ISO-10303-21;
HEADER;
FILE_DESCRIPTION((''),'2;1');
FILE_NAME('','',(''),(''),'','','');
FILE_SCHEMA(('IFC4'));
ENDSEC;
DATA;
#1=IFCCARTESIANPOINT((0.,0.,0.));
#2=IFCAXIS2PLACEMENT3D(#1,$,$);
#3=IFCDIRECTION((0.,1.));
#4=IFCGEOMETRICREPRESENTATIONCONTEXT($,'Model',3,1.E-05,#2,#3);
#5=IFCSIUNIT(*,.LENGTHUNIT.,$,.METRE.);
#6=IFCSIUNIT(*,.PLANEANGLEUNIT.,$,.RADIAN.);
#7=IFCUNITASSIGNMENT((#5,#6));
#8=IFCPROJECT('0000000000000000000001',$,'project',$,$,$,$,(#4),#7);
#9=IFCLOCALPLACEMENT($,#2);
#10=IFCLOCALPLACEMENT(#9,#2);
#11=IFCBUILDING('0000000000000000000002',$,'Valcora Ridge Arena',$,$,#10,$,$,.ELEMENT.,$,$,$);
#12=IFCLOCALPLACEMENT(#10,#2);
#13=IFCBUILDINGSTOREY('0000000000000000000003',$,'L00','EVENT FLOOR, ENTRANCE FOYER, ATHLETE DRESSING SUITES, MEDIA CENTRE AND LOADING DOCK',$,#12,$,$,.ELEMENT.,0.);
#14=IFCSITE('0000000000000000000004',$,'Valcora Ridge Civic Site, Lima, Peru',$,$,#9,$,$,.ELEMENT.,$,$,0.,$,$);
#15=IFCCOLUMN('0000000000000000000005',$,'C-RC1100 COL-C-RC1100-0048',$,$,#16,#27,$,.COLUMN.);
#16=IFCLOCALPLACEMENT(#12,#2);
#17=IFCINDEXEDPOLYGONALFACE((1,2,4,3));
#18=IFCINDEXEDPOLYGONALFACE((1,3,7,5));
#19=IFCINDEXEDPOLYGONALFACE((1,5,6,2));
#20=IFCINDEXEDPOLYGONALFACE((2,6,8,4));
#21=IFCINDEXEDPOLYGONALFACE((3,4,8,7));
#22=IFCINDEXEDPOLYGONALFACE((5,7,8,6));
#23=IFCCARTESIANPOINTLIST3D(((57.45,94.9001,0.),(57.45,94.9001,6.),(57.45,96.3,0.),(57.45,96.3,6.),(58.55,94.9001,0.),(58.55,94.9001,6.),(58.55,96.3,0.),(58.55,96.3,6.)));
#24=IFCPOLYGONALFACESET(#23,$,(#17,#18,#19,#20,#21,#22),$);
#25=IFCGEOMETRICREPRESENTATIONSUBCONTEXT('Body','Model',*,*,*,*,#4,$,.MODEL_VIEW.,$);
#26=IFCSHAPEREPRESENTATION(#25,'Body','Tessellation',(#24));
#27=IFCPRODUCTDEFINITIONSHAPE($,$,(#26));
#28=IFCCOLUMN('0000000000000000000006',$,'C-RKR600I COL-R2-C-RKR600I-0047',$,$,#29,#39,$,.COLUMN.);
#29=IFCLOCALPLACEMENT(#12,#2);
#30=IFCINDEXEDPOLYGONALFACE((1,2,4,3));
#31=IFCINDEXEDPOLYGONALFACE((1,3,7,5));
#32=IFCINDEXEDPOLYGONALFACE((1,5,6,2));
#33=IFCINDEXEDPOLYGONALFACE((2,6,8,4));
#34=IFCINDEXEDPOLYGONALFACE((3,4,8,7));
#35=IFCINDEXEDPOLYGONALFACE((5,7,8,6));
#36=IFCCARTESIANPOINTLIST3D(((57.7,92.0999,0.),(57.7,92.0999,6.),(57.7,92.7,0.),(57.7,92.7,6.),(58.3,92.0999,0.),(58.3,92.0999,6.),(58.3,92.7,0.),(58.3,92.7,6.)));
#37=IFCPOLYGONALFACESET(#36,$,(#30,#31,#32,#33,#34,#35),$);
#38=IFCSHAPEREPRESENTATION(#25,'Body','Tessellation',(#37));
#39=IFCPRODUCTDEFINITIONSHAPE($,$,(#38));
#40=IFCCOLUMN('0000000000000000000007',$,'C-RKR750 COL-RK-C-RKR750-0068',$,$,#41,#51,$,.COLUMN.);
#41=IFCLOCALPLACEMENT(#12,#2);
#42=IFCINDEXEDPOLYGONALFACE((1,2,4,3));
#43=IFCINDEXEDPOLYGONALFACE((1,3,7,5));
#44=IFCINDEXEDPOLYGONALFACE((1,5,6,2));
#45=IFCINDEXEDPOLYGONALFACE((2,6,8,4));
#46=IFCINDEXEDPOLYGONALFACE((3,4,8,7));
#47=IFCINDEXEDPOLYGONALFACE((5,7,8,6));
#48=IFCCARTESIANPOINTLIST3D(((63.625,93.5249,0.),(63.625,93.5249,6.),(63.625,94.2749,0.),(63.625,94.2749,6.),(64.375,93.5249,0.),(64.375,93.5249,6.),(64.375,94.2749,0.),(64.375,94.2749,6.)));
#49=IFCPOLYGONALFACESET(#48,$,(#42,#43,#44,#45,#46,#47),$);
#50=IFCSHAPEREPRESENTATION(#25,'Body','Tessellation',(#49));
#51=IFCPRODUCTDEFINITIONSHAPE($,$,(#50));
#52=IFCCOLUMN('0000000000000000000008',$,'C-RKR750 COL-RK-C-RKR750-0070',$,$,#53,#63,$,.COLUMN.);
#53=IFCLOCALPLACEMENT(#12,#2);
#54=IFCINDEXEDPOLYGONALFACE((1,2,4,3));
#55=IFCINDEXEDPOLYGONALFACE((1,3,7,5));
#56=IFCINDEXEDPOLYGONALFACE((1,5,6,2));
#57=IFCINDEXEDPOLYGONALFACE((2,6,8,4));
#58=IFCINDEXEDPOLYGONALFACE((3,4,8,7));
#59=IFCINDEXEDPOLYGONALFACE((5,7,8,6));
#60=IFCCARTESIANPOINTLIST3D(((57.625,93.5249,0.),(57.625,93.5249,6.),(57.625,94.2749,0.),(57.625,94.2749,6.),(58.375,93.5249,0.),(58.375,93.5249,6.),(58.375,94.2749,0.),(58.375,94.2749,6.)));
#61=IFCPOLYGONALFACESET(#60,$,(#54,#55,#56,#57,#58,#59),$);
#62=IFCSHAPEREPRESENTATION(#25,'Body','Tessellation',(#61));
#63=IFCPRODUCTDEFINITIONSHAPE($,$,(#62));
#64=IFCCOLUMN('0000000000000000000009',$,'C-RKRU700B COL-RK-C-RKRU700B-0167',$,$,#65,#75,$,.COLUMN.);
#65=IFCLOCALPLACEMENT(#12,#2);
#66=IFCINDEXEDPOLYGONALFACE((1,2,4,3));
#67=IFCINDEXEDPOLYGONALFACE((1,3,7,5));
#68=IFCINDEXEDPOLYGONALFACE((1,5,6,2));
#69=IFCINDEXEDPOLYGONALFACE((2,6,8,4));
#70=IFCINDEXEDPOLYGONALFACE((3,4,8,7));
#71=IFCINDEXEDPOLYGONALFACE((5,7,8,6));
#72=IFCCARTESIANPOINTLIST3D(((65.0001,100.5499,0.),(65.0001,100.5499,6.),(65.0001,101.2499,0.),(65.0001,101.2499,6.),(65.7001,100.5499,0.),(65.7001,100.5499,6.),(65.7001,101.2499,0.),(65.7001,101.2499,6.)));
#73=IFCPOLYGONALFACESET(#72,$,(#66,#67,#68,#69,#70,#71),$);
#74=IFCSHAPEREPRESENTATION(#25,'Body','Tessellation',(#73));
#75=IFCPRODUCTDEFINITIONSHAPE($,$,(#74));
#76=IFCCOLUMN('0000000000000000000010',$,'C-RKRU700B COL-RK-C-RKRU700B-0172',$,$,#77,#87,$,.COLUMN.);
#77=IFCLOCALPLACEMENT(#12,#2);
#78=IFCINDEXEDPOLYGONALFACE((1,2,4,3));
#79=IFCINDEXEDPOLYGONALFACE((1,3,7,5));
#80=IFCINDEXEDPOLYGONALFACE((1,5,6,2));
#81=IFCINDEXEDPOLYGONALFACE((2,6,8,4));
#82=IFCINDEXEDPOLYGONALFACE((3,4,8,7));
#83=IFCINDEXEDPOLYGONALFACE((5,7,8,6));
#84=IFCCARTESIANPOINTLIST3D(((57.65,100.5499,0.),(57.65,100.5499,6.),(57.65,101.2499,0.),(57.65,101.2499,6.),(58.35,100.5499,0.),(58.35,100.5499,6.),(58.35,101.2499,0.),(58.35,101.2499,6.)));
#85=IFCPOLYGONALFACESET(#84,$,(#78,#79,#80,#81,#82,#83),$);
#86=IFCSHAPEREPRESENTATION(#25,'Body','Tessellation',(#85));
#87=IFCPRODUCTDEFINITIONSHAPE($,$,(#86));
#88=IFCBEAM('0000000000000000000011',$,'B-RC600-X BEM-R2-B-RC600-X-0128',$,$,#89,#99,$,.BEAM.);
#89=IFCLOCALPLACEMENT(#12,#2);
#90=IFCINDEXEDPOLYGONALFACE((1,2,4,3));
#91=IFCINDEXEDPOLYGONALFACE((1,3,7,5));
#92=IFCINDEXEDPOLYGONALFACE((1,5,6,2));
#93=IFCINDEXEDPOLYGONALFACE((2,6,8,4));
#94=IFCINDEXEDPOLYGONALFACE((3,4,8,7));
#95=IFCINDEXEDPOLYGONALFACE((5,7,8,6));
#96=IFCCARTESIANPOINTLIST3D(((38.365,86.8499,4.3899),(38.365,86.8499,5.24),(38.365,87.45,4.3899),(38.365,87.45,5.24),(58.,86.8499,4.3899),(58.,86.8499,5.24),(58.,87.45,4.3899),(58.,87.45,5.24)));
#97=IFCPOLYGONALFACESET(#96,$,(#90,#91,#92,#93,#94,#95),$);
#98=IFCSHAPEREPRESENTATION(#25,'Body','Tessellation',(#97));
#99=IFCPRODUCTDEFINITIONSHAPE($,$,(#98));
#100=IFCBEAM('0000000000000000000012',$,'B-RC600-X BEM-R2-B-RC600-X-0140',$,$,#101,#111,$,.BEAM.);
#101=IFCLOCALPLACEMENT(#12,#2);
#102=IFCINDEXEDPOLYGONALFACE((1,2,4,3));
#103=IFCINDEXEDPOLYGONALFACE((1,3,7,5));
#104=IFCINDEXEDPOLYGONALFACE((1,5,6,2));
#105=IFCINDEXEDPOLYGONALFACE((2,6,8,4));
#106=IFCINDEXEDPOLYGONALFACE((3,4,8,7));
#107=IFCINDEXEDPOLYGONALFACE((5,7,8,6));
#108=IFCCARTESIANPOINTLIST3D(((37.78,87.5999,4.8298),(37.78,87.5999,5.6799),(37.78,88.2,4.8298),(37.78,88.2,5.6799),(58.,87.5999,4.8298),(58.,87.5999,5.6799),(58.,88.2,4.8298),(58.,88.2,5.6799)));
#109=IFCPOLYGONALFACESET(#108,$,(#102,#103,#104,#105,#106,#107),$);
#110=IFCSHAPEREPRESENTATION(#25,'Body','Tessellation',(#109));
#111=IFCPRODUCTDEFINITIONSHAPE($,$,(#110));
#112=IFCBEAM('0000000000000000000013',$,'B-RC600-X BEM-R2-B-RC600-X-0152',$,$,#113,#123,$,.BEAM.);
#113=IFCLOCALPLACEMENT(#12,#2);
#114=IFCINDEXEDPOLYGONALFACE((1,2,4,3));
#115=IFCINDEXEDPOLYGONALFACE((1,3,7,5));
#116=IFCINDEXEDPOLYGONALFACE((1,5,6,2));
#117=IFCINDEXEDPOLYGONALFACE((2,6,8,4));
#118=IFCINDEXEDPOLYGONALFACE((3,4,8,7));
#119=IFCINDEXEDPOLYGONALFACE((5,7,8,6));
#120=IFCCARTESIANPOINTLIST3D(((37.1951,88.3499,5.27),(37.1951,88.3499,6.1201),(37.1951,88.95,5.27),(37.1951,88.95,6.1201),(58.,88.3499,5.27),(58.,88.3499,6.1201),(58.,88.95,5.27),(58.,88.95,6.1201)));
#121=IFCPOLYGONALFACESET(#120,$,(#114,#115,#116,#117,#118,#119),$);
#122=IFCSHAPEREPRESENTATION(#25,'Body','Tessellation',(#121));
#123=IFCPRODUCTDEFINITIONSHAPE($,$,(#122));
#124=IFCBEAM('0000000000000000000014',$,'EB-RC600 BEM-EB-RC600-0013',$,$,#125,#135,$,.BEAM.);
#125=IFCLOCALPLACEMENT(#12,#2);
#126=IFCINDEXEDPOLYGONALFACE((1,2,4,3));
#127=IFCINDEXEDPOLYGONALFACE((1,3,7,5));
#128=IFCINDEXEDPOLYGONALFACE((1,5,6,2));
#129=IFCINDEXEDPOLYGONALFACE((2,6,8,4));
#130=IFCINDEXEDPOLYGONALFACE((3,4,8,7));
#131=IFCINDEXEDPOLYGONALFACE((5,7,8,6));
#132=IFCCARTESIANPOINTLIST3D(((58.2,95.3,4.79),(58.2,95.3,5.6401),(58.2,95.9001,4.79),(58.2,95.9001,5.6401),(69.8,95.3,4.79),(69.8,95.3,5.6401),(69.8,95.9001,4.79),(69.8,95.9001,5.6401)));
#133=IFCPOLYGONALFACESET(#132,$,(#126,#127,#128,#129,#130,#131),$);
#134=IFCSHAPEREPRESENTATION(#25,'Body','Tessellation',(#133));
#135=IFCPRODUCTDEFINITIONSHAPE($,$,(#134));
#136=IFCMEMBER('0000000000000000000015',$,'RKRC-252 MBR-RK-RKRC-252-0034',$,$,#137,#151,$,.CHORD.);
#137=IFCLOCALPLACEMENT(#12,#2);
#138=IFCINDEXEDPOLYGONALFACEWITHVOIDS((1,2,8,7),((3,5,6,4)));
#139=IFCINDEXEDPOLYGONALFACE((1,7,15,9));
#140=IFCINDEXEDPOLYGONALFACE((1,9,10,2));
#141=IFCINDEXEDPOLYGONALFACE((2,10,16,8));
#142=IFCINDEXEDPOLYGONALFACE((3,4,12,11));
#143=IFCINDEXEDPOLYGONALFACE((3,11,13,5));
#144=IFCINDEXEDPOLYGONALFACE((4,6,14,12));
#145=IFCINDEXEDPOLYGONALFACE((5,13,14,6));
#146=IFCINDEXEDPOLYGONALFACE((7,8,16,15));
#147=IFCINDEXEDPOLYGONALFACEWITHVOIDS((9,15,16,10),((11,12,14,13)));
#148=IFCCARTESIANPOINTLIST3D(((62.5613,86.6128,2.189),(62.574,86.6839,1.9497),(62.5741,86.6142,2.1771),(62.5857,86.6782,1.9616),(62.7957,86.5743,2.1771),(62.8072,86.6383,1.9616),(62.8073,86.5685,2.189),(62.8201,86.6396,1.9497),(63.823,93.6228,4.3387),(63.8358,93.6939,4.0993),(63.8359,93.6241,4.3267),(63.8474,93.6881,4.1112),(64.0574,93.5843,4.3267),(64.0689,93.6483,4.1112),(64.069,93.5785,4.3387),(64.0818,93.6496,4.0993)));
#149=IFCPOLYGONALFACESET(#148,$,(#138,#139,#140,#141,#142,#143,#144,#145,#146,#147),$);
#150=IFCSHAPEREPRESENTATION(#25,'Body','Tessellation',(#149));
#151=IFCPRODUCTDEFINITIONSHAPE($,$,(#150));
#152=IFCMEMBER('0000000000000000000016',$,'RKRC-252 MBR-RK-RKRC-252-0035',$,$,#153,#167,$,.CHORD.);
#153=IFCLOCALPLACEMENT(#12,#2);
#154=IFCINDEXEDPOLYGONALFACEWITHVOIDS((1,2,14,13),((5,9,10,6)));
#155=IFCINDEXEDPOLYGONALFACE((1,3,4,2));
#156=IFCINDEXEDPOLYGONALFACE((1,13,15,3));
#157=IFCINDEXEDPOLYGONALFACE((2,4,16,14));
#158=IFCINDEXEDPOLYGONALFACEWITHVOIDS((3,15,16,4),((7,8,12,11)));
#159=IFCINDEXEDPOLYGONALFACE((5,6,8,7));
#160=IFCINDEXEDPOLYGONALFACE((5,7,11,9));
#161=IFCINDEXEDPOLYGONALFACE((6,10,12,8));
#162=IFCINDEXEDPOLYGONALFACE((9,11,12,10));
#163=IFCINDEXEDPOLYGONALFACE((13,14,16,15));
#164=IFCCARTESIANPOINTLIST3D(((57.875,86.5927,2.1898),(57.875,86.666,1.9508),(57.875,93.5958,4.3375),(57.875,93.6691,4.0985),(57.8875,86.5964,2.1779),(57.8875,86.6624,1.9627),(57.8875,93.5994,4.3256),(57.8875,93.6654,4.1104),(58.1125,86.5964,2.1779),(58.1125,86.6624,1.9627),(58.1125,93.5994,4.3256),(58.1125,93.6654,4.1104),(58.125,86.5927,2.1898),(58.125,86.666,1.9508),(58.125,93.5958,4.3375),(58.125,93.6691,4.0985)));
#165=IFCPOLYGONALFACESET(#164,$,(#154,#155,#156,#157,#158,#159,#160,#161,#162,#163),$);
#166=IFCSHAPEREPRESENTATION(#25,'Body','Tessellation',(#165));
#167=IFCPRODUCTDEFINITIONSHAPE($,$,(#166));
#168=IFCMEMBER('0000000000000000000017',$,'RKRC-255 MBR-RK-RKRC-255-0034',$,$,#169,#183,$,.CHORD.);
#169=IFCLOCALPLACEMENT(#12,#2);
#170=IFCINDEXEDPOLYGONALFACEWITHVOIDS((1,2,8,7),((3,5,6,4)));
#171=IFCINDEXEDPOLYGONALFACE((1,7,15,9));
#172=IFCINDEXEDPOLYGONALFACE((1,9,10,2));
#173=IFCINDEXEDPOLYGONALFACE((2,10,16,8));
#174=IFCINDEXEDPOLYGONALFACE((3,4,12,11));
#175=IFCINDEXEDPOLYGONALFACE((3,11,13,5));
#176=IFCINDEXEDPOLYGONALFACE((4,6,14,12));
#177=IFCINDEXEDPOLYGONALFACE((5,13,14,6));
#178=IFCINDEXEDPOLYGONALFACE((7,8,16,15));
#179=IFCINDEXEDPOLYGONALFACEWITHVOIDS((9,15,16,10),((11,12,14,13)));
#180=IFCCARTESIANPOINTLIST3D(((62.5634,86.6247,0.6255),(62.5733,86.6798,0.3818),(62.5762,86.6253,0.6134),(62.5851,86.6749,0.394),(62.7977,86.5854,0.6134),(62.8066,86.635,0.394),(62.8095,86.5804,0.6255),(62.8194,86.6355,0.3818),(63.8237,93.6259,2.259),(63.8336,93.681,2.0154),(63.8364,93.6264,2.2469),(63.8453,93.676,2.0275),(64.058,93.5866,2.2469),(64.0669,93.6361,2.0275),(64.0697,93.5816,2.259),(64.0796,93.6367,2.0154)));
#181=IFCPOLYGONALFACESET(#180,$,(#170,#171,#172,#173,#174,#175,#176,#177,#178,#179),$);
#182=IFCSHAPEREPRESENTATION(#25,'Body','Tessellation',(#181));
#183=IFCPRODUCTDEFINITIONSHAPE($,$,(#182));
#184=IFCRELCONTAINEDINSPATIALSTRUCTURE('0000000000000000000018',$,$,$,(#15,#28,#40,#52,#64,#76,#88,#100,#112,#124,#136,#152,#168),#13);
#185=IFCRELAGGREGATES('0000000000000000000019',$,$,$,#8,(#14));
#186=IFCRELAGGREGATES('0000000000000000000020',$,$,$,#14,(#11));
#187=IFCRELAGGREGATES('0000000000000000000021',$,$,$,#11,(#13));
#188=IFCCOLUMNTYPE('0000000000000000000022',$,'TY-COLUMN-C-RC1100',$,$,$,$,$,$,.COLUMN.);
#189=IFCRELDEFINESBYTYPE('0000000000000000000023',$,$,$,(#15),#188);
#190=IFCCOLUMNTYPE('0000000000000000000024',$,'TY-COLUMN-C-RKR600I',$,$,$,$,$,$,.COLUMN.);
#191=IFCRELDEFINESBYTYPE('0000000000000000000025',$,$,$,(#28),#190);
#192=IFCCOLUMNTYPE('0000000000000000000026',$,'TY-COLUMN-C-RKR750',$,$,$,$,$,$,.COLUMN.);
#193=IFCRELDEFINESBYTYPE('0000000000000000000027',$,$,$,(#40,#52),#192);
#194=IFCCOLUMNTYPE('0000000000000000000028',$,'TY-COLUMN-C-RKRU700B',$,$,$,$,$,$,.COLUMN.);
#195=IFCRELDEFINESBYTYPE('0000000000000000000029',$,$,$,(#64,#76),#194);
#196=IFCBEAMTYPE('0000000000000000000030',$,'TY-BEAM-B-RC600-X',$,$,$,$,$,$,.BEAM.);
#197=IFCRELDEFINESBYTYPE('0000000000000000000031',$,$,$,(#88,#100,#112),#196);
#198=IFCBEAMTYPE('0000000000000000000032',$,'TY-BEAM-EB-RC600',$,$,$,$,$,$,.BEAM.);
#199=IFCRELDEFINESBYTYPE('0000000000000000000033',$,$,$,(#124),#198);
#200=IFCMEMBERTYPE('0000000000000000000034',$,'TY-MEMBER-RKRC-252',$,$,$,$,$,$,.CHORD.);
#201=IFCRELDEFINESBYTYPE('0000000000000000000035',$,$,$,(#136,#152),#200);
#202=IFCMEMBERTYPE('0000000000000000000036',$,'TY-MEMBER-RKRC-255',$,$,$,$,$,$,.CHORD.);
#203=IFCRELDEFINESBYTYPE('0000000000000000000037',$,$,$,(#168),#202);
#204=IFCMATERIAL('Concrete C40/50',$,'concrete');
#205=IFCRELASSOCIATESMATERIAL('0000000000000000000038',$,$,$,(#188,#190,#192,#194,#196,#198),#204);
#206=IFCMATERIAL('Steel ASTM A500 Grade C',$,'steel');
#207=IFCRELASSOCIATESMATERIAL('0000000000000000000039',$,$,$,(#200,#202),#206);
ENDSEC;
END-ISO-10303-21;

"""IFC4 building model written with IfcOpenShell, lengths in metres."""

from ifc_helpers import new_model, si_unit, direction, frame, origin, origin_2d, place, context, subcontext, project, spatial, rectangle, hollow_rectangle, extrude, material, material_profile, profile_set, type_object, element, save


model = new_model("IFC4")

# Units and contexts
model_context = context("Model", 3, precision=1e-05, world=origin(), true_north=direction((0.0, 1.0)))
body_context = subcontext(model_context, "Body", "Model", "MODEL_VIEW")
ifc_project = project(units=[si_unit("LENGTHUNIT", "METRE"), si_unit("PLANEANGLEUNIT", "RADIAN")], contexts=[model_context])

# Site, building, storey
site_placement = place(None, origin())
site = spatial("IfcSite", under=ifc_project, at=site_placement, Name="Valcora Ridge Civic Site, Lima, Peru", CompositionType="ELEMENT", RefElevation=0.0)
building_placement = place(site_placement, origin())
building = spatial("IfcBuilding", under=site, at=building_placement, Name="Valcora Ridge Arena", CompositionType="ELEMENT")
storey_placement = place(building_placement, origin())
storey = spatial("IfcBuildingStorey", under=building, at=storey_placement, Name="L00", Description="EVENT FLOOR, ENTRANCE FOYER, ATHLETE DRESSING SUITES, MEDIA CENTRE AND LOADING DOCK", CompositionType="ELEMENT", Elevation=0.0)

# Columns
ifc_material_1 = material(Name="Concrete C40/50", Category="concrete")
ifc_material_profile_1 = material_profile(ifc_material_1, rectangle(XDim=1.1001, YDim=1.3999, at=origin_2d()), Name="RC 1100x1400")
ifc_profile_set_1 = profile_set([ifc_material_profile_1], Name="Concrete C40/50")
column_type_1 = type_object("IfcColumnType", Name="TY-COLUMN-C-RC1100", PredefinedType="COLUMN", material=ifc_profile_set_1)
column_1_placement = place(storey_placement, frame((58.0, 95.6001, 0.0), z_axis=(0.0, 0.0, 1.0), x_axis=(1.0, 0.0, 0.0)))
element("IfcColumn", 1, at=column_1_placement, inside=storey, type_object=column_type_1, Name="C-RC1100 COL-C-RC1100-0048", PredefinedType="COLUMN", context=body_context, shape_type="SweptSolid", body=[
    extrude(rectangle(XDim=1.1001, YDim=1.3999, at=origin_2d()), origin(), (0.0, 0.0, 1.0), 6.0),
])
ifc_material_profile_2 = material_profile(ifc_material_1, rectangle(XDim=0.6001, YDim=0.6001, at=origin_2d()), Name="RC 600x600")
ifc_profile_set_2 = profile_set([ifc_material_profile_2], Name="Concrete C40/50")
column_type_2 = type_object("IfcColumnType", Name="TY-COLUMN-C-RKR600I", PredefinedType="COLUMN", material=ifc_profile_set_2)
column_2_placement = place(storey_placement, frame((58.0, 92.3999, 0.0), z_axis=(0.0, 0.0, 1.0), x_axis=(1.0, 0.0, 0.0)))
element("IfcColumn", 2, at=column_2_placement, inside=storey, type_object=column_type_2, Name="C-RKR600I COL-R2-C-RKR600I-0047", PredefinedType="COLUMN", context=body_context, shape_type="SweptSolid", body=[
    extrude(rectangle(XDim=0.6001, YDim=0.6001, at=origin_2d()), origin(), (0.0, 0.0, 1.0), 6.0),
])
ifc_material_profile_3 = material_profile(ifc_material_1, rectangle(XDim=0.75, YDim=0.75, at=origin_2d()), Name="RC 750x750")
ifc_profile_set_3 = profile_set([ifc_material_profile_3], Name="Concrete C40/50")
column_type_3 = type_object("IfcColumnType", Name="TY-COLUMN-C-RKR750", PredefinedType="COLUMN", material=ifc_profile_set_3)
for number, where, z_axis, x_axis, name in (
    (3, (64.0, 93.8999, 0.0), (0.0, 0.0, 1.0), (1.0, 0.0, 0.0), "C-RKR750 COL-RK-C-RKR750-0068"),
    (4, (58.0, 93.8999, 0.0), (0.0, 0.0, 1.0), (1.0, 0.0, 0.0), "C-RKR750 COL-RK-C-RKR750-0070"),
):
    element("IfcColumn", number, at=place(storey_placement, frame(where, z_axis=z_axis, x_axis=x_axis)), inside=storey, type_object=column_type_3, Name=name, PredefinedType="COLUMN", context=body_context, shape_type="SweptSolid", body=[
        extrude(rectangle(XDim=0.75, YDim=0.75, at=origin_2d()), origin(), (0.0, 0.0, 1.0), 6.0),
    ])
ifc_material_profile_4 = material_profile(ifc_material_1, rectangle(XDim=0.7, YDim=0.7, at=origin_2d()), Name="RC 700x700")
ifc_profile_set_4 = profile_set([ifc_material_profile_4], Name="Concrete C40/50")
column_type_4 = type_object("IfcColumnType", Name="TY-COLUMN-C-RKRU700B", PredefinedType="COLUMN", material=ifc_profile_set_4)
for number, where, z_axis, x_axis, name in (
    (5, (65.3501, 100.8999, 0.0), (0.0, 0.0, 1.0), (1.0, 0.0, 0.0), "C-RKRU700B COL-RK-C-RKRU700B-0167"),
    (6, (58.0, 100.8999, 0.0), (0.0, 0.0, 1.0), (1.0, 0.0, 0.0), "C-RKRU700B COL-RK-C-RKRU700B-0172"),
):
    element("IfcColumn", number, at=place(storey_placement, frame(where, z_axis=z_axis, x_axis=x_axis)), inside=storey, type_object=column_type_4, Name=name, PredefinedType="COLUMN", context=body_context, shape_type="SweptSolid", body=[
        extrude(rectangle(XDim=0.7, YDim=0.7, at=origin_2d()), origin(), (0.0, 0.0, 1.0), 6.0),
    ])

# Beams
ifc_material_profile_5 = material_profile(ifc_material_1, rectangle(XDim=0.6001, YDim=0.8501, at=origin_2d()), Name="RC 600x850")
ifc_profile_set_5 = profile_set([ifc_material_profile_5], Name="Concrete C40/50")
beam_type_1 = type_object("IfcBeamType", Name="TY-BEAM-B-RC600-X", PredefinedType="BEAM", material=ifc_profile_set_5)
beam_1_placement = place(storey_placement, frame((58.0, 87.1499, 4.8149), z_axis=(-1.0, 0.0, 0.0), x_axis=(0.0, -1.0, 0.0)))
element("IfcBeam", 7, at=beam_1_placement, inside=storey, type_object=beam_type_1, Name="B-RC600-X BEM-R2-B-RC600-X-0128", PredefinedType="BEAM", context=body_context, shape_type="SweptSolid", body=[
    extrude(rectangle(XDim=0.6001, YDim=0.8501, at=origin_2d()), origin(), (0.0, 0.0, 1.0), 19.635),
])
beam_2_placement = place(storey_placement, frame((58.0, 87.8999, 5.2549), z_axis=(-1.0, 0.0, 0.0), x_axis=(0.0, -1.0, 0.0)))
element("IfcBeam", 8, at=beam_2_placement, inside=storey, type_object=beam_type_1, Name="B-RC600-X BEM-R2-B-RC600-X-0140", PredefinedType="BEAM", context=body_context, shape_type="SweptSolid", body=[
    extrude(rectangle(XDim=0.6001, YDim=0.8501, at=origin_2d()), origin(), (0.0, 0.0, 1.0), 20.22),
])
beam_3_placement = place(storey_placement, frame((58.0, 88.6499, 5.6951), z_axis=(-1.0, 0.0, 0.0), x_axis=(0.0, -1.0, 0.0)))
element("IfcBeam", 9, at=beam_3_placement, inside=storey, type_object=beam_type_1, Name="B-RC600-X BEM-R2-B-RC600-X-0152", PredefinedType="BEAM", context=body_context, shape_type="SweptSolid", body=[
    extrude(rectangle(XDim=0.6001, YDim=0.8501, at=origin_2d()), origin(), (0.0, 0.0, 1.0), 20.8049),
])
ifc_material_profile_6 = material_profile(ifc_material_1, rectangle(XDim=0.6001, YDim=0.8501, at=origin_2d()), Name="RC 600x850")
ifc_profile_set_6 = profile_set([ifc_material_profile_6], Name="Concrete C40/50")
beam_type_2 = type_object("IfcBeamType", Name="TY-BEAM-EB-RC600", PredefinedType="BEAM", material=ifc_profile_set_6)
beam_4_placement = place(storey_placement, frame((58.2, 95.6001, 5.2151), z_axis=(1.0, 0.0, 0.0), x_axis=(0.0, 1.0, 0.0)))
element("IfcBeam", 10, at=beam_4_placement, inside=storey, type_object=beam_type_2, Name="EB-RC600 BEM-EB-RC600-0013", PredefinedType="BEAM", context=body_context, shape_type="SweptSolid", body=[
    extrude(rectangle(XDim=0.6001, YDim=0.8501, at=origin_2d()), origin(), (0.0, 0.0, 1.0), 11.6001),
])

# Members
ifc_material_2 = material(Name="Steel ASTM A500 Grade C", Category="steel")
ifc_material_profile_7 = material_profile(ifc_material_2, hollow_rectangle(XDim=0.25, YDim=0.25, WallThickness=0.0125, at=origin_2d()), Name="HSS250X250X12")
ifc_profile_set_7 = profile_set([ifc_material_profile_7], Name="Steel ASTM A500 Grade C")
member_type_1 = type_object("IfcMemberType", Name="TY-MEMBER-RKRC-252", PredefinedType="CHORD", material=ifc_profile_set_7)
member_1_placement = place(storey_placement, frame((62.6907, 86.6262, 2.0693), z_axis=(0.169586, 0.942209, 0.288934), x_axis=(-0.984185, 0.177142, 0.0)))
element("IfcMember", 11, at=member_1_placement, inside=storey, type_object=member_type_1, Name="RKRC-252 MBR-RK-RKRC-252-0034", PredefinedType="CHORD", context=body_context, shape_type="SweptSolid", body=[
    extrude(hollow_rectangle(XDim=0.25, YDim=0.25, WallThickness=0.0125, at=origin_2d()), origin(), (0.0, 0.0, 1.0), 7.4399),
])
member_2_placement = place(storey_placement, frame((58.0, 86.6294, 2.0703), z_axis=(0.0, 0.956049, 0.293207), x_axis=(-1.0, 0.0, 0.0)))
element("IfcMember", 12, at=member_2_placement, inside=storey, type_object=member_type_1, Name="RKRC-252 MBR-RK-RKRC-252-0035", PredefinedType="CHORD", context=body_context, shape_type="SweptSolid", body=[
    extrude(hollow_rectangle(XDim=0.25, YDim=0.25, WallThickness=0.0125, at=origin_2d()), origin(), (0.0, 0.0, 1.0), 7.325),
])
ifc_material_profile_8 = material_profile(ifc_material_2, hollow_rectangle(XDim=0.25, YDim=0.25, WallThickness=0.0125, at=origin_2d()), Name="HSS250X250X12")
ifc_profile_set_8 = profile_set([ifc_material_profile_8], Name="Steel ASTM A500 Grade C")
member_type_2 = type_object("IfcMemberType", Name="TY-MEMBER-RKRC-255", PredefinedType="CHORD", material=ifc_profile_set_8)
member_3_placement = place(storey_placement, frame((62.6914, 86.6301, 0.5037), z_axis=(0.172664, 0.959217, 0.223807), x_axis=(-0.984182, 0.177158, 0.0)))
element("IfcMember", 13, at=member_3_placement, inside=storey, type_object=member_type_2, Name="RKRC-255 MBR-RK-RKRC-255-0034", PredefinedType="CHORD", context=body_context, shape_type="SweptSolid", body=[
    extrude(hollow_rectangle(XDim=0.25, YDim=0.25, WallThickness=0.0125, at=origin_2d()), origin(), (0.0, 0.0, 1.0), 7.2988),
])

save(model, "model.ifc")
